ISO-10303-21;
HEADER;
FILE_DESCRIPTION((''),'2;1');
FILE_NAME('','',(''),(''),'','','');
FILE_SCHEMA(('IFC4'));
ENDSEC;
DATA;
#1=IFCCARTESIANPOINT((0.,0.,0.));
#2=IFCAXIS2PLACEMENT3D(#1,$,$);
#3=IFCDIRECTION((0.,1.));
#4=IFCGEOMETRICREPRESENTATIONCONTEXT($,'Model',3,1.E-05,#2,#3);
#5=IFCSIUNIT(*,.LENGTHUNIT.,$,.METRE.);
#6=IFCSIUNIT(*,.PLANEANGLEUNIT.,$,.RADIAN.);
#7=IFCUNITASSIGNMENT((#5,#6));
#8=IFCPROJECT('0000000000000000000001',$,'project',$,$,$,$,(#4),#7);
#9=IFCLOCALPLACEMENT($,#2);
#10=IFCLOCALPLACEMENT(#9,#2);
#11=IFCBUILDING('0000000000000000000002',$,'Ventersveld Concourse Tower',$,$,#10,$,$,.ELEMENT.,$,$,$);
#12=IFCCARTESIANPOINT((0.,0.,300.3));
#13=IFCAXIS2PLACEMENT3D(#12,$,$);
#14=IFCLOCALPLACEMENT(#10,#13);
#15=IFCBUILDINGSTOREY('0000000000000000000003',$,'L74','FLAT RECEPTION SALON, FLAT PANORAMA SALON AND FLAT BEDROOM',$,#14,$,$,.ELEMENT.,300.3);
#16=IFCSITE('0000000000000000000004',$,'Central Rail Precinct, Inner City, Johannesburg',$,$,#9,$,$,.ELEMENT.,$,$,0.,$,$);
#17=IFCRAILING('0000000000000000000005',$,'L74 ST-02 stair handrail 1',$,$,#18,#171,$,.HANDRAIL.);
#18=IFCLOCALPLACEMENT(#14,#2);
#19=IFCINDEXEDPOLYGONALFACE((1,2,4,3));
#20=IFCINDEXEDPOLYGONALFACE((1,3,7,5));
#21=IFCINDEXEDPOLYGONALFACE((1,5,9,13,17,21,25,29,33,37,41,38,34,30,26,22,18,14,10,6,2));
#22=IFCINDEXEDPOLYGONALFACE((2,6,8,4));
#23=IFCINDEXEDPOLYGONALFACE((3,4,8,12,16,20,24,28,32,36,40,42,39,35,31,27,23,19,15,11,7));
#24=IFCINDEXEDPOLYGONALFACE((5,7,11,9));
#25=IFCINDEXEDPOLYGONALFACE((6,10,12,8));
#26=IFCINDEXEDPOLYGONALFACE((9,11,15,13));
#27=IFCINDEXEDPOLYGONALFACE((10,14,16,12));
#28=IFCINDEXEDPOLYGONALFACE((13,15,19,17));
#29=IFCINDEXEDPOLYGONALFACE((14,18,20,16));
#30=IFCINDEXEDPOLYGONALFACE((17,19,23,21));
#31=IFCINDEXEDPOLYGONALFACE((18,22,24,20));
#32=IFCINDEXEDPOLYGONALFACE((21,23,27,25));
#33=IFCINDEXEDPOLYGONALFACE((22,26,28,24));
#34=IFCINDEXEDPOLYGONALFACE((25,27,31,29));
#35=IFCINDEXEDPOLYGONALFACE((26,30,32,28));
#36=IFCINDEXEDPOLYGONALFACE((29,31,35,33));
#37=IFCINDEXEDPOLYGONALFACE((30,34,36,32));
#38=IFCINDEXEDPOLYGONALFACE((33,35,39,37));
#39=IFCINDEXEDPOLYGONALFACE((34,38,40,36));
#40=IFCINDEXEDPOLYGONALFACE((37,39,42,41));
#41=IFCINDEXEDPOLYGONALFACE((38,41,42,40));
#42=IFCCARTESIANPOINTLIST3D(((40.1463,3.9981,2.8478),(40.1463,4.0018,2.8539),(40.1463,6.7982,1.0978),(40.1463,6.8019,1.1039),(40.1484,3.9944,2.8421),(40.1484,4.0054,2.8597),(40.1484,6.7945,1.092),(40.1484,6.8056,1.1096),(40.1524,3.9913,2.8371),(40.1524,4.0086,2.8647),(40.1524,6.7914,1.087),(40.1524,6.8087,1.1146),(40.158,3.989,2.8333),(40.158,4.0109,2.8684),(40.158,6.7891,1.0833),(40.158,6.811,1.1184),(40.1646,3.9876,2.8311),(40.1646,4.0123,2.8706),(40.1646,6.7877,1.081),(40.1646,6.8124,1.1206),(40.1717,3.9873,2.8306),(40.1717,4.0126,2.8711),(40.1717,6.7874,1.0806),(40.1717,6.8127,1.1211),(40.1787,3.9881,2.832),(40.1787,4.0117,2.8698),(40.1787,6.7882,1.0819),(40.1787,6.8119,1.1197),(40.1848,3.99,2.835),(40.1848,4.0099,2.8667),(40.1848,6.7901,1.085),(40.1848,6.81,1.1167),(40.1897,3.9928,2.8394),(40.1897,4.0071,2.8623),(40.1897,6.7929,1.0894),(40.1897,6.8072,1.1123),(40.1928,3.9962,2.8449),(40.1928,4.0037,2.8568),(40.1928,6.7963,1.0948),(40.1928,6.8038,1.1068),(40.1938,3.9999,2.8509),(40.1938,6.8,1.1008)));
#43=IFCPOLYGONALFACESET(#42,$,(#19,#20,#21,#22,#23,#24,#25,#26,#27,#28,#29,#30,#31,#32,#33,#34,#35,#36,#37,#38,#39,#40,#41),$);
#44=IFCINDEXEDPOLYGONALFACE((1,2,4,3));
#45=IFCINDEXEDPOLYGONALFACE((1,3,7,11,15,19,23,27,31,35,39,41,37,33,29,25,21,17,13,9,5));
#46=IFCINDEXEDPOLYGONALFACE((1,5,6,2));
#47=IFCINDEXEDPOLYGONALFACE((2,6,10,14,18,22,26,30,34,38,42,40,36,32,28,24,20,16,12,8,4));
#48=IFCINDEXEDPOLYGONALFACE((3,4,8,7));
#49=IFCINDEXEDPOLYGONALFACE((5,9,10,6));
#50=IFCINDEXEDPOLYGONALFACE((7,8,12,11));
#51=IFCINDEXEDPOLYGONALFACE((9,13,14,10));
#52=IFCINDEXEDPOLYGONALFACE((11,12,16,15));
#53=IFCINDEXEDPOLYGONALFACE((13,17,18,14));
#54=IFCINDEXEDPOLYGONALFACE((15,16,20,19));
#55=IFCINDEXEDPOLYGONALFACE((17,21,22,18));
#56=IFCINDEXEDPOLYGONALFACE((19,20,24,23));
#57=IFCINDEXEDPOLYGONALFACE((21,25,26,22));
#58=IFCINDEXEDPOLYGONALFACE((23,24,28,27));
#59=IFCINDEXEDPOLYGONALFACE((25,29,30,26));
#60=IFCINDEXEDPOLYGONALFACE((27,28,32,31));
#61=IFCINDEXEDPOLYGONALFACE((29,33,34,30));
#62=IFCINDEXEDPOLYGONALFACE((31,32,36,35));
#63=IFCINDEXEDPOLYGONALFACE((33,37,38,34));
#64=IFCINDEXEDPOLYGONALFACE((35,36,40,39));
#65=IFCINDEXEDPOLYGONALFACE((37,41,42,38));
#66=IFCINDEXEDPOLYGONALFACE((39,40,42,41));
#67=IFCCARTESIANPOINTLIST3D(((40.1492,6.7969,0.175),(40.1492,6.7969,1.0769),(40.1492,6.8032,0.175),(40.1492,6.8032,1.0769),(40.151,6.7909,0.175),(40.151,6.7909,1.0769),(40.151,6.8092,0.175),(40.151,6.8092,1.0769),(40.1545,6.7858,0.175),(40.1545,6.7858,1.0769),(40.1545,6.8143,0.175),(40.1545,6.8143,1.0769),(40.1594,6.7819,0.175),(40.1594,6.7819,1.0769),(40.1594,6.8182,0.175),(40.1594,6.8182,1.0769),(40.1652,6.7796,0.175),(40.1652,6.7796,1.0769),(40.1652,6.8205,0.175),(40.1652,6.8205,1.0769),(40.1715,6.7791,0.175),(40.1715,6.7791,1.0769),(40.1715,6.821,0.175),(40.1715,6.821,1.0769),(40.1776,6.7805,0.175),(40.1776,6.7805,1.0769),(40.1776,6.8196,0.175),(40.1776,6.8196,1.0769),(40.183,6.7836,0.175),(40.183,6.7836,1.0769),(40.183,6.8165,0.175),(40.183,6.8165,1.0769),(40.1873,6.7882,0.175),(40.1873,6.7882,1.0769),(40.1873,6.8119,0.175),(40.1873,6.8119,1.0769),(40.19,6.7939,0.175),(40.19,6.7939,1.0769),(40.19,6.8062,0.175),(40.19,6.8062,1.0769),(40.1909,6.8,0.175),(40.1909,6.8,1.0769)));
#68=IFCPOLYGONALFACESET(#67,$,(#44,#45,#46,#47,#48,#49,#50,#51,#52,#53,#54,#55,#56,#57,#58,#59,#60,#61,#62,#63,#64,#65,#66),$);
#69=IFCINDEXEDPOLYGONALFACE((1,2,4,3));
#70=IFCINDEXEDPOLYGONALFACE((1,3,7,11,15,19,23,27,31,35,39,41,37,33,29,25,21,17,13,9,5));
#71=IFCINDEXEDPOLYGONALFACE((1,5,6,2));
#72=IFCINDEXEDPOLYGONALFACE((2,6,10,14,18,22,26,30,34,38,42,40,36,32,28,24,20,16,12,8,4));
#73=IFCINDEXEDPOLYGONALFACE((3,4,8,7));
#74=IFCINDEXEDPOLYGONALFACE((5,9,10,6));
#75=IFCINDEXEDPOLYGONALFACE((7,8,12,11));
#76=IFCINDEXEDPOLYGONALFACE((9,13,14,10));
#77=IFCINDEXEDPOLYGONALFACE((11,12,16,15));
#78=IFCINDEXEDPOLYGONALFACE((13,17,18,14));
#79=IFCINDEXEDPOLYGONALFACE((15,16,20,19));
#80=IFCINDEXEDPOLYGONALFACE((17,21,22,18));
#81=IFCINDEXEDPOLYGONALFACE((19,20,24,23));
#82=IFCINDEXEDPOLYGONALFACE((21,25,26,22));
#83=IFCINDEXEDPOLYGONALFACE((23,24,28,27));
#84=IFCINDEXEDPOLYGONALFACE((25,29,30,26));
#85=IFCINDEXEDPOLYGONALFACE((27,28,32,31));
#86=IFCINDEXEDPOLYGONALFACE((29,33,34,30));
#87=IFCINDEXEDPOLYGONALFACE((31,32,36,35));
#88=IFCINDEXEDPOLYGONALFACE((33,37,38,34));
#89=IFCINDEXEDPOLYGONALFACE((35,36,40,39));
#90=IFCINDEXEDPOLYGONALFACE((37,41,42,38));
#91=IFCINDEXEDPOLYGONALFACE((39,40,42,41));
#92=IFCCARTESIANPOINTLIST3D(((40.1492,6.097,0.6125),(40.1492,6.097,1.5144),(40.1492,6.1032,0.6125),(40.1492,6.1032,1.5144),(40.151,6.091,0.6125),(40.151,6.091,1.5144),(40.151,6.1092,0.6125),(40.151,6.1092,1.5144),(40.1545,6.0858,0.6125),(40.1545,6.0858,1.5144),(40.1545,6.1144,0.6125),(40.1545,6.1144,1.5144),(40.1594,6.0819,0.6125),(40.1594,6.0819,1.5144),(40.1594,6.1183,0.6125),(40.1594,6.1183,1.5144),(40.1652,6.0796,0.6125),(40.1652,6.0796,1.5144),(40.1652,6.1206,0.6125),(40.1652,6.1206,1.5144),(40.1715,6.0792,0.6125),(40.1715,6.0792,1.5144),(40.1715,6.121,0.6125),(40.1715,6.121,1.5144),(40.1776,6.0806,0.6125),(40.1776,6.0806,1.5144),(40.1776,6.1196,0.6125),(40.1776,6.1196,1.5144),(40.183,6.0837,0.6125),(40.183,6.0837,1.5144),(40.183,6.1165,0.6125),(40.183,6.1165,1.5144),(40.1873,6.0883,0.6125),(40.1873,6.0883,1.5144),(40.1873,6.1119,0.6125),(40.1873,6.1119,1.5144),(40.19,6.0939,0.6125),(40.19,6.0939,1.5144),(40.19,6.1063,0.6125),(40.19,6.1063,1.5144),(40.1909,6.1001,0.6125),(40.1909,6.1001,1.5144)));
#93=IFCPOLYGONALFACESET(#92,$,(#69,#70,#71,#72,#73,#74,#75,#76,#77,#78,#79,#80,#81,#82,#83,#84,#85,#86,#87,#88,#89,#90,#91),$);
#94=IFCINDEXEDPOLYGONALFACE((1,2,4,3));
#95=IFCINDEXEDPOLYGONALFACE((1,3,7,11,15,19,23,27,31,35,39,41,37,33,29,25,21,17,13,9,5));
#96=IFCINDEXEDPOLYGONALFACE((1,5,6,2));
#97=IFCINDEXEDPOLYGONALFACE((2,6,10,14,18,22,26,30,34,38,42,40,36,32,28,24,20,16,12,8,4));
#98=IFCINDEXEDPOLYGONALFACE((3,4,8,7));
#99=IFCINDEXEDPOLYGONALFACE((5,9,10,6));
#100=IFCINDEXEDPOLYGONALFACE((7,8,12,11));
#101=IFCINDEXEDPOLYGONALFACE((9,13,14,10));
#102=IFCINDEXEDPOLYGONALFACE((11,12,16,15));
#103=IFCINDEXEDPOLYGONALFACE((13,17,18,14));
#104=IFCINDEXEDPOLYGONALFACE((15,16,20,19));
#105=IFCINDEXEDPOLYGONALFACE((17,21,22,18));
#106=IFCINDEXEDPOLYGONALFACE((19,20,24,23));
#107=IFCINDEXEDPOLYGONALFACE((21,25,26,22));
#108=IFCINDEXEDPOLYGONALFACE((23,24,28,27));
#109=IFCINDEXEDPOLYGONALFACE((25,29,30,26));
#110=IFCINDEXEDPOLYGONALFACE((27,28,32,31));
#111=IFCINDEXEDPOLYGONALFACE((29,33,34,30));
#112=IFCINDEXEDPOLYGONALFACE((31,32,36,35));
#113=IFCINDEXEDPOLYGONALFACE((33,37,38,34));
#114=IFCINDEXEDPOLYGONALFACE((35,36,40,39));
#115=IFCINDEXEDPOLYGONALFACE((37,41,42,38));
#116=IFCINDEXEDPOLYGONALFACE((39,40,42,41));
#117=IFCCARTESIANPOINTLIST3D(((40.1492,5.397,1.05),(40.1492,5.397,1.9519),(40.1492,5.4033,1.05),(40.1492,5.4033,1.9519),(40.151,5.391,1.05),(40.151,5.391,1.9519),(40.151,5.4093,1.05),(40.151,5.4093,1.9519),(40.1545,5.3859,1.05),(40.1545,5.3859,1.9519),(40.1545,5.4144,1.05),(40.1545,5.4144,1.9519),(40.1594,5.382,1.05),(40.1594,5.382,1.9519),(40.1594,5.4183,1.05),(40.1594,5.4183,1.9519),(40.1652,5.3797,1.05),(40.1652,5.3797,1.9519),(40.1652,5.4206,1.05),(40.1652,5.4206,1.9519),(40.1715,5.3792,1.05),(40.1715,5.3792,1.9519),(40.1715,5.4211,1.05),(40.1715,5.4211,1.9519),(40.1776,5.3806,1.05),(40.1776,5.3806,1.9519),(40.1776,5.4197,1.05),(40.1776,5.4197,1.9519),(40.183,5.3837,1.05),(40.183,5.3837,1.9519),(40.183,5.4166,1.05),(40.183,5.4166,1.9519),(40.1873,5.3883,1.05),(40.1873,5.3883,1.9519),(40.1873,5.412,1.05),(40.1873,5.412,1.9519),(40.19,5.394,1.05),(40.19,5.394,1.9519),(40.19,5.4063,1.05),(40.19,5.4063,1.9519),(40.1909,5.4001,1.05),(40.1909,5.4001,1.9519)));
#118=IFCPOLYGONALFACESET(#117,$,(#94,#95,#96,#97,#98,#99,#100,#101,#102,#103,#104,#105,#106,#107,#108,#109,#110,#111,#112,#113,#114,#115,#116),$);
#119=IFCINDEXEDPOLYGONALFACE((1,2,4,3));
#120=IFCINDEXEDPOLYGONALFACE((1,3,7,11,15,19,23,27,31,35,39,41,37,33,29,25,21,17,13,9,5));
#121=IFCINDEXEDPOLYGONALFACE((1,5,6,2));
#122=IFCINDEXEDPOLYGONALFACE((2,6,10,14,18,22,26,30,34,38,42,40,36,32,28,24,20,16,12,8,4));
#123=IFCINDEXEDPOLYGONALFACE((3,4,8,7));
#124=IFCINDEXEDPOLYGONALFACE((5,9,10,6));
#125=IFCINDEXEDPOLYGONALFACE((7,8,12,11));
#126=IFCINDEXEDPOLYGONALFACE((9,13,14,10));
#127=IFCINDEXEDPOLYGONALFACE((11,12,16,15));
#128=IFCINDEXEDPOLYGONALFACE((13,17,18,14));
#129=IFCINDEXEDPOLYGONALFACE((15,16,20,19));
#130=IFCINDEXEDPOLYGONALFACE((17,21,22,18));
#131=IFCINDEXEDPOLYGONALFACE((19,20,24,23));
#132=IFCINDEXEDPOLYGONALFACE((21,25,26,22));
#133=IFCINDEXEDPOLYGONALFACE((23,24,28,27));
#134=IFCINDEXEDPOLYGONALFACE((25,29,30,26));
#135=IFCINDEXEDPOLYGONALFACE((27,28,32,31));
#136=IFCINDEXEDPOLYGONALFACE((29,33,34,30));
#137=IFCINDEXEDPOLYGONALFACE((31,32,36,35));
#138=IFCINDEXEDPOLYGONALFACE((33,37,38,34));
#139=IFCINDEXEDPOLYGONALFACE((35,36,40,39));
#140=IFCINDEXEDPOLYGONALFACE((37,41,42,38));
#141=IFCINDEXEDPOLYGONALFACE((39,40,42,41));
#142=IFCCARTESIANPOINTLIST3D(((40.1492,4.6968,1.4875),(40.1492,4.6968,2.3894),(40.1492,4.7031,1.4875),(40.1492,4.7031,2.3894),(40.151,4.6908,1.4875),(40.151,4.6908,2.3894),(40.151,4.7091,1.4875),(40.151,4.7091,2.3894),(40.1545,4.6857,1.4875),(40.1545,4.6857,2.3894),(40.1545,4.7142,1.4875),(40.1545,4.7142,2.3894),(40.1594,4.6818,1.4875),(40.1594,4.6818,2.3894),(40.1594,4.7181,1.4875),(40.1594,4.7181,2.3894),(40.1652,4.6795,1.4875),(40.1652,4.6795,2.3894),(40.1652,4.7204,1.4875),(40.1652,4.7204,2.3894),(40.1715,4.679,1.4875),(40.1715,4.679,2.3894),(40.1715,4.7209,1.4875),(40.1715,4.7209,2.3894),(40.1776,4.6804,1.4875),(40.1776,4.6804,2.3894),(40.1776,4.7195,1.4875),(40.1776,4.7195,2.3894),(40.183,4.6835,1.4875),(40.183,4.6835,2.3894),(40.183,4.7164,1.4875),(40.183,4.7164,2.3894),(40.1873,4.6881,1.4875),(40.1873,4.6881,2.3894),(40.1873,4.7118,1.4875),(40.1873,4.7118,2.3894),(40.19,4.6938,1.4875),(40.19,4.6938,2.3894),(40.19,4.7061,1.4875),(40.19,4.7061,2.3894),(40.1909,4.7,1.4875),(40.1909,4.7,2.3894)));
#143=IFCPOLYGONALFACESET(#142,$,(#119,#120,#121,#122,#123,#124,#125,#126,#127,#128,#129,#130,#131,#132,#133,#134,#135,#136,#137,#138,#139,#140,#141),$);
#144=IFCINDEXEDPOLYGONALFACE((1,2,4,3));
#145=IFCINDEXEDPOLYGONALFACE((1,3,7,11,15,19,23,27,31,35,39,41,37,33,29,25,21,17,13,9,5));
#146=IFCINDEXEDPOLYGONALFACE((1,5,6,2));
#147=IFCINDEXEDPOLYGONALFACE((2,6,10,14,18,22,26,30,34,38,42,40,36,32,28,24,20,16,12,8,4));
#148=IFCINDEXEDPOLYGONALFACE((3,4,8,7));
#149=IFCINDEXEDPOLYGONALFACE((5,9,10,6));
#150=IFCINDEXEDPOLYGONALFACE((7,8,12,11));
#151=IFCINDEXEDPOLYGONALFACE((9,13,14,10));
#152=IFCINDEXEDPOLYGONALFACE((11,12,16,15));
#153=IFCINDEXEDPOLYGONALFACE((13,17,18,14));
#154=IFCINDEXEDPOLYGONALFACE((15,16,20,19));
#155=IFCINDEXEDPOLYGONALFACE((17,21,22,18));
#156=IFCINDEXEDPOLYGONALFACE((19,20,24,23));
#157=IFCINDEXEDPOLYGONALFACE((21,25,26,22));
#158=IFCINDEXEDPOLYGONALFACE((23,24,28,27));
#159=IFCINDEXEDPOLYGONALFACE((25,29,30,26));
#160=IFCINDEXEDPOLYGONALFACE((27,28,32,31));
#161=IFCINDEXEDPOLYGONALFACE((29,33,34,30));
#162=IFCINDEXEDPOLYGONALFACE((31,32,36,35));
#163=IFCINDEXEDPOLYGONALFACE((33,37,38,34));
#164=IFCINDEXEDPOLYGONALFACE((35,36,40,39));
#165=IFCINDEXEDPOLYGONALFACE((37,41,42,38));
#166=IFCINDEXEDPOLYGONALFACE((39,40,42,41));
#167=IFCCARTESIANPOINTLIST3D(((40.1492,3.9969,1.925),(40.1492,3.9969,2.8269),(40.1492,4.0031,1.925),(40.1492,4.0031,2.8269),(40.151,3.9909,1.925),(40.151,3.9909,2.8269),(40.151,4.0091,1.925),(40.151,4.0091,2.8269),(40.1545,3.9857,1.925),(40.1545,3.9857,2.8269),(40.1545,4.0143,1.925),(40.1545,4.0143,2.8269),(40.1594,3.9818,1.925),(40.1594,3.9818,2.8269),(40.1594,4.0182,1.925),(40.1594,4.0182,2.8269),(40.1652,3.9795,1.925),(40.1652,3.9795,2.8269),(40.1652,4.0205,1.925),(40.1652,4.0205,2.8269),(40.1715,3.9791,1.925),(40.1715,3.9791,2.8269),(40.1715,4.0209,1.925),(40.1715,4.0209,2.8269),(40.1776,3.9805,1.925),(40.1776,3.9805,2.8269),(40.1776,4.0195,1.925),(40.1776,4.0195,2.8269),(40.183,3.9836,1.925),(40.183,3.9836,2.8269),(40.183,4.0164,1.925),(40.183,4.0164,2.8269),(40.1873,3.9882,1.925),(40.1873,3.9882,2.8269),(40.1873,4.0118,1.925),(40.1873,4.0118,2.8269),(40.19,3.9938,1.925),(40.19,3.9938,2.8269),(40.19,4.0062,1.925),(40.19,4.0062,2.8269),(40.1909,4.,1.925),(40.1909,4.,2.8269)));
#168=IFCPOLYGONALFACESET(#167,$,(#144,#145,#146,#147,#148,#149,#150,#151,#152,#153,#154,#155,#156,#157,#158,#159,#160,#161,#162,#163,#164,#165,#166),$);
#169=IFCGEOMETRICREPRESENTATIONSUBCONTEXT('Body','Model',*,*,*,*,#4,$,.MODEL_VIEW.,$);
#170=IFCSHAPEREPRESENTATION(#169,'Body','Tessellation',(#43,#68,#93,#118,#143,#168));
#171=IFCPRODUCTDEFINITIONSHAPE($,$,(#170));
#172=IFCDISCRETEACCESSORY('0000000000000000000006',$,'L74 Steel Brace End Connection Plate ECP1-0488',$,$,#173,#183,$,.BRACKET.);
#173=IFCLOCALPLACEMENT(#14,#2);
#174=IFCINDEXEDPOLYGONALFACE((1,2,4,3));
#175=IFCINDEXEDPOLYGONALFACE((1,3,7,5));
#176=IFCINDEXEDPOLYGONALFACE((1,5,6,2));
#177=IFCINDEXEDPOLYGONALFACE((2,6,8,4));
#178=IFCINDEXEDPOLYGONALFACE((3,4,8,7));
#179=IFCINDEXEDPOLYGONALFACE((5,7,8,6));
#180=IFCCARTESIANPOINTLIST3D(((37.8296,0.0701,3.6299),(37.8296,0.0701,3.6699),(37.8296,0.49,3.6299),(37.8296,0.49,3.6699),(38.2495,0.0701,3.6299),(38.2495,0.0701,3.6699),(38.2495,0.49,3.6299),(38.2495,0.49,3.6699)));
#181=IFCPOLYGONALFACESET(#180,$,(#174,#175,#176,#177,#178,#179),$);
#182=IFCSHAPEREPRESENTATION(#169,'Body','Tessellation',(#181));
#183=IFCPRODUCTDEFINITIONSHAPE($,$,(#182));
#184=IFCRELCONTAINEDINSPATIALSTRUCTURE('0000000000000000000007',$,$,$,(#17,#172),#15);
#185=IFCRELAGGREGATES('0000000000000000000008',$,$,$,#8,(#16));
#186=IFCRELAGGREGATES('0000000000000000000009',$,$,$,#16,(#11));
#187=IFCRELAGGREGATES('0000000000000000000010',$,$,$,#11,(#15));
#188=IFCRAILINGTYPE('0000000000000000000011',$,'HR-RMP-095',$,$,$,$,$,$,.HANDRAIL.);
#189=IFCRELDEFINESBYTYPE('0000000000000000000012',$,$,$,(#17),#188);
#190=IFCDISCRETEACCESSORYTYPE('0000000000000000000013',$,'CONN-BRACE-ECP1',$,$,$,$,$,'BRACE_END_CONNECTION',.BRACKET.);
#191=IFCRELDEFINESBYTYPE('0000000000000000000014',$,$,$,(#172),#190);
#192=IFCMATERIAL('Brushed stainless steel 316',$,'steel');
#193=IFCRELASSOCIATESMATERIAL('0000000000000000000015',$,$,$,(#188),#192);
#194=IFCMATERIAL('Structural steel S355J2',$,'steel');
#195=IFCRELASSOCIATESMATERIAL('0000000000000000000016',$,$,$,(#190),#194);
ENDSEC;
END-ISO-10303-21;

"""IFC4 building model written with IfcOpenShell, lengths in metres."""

from ifc_helpers import new_model, si_unit, direction, frame, origin, origin_2d, place, context, subcontext, project, spatial, rectangle, circle, extrude, material, type_object, element, save


model = new_model("IFC4")

# Units and contexts
model_context = context("Model", 3, precision=1e-05, world=origin(), true_north=direction((0.0, 1.0)))
body_context = subcontext(model_context, "Body", "Model", "MODEL_VIEW")
ifc_project = project(units=[si_unit("LENGTHUNIT", "METRE"), si_unit("PLANEANGLEUNIT", "RADIAN")], contexts=[model_context])

# Site, building, storey
site_placement = place(None, origin())
site = spatial("IfcSite", under=ifc_project, at=site_placement, Name="Central Rail Precinct, Inner City, Johannesburg", CompositionType="ELEMENT", RefElevation=0.0)
building_placement = place(site_placement, origin())
building = spatial("IfcBuilding", under=site, at=building_placement, Name="Ventersveld Concourse Tower", CompositionType="ELEMENT")
storey_placement = place(building_placement, frame((0.0, 0.0, 300.3)))
storey = spatial("IfcBuildingStorey", under=building, at=storey_placement, Name="L74", Description="FLAT RECEPTION SALON, FLAT PANORAMA SALON AND FLAT BEDROOM", CompositionType="ELEMENT", Elevation=300.3)

# Shared definitions
ifc_material_1 = material(Name="Brushed stainless steel 316", Category="steel")

# Railing
railing_type_1 = type_object("IfcRailingType", Name="HR-RMP-095", PredefinedType="HANDRAIL", material=ifc_material_1)
railing_1_placement = place(storey_placement, frame((40.1699, 6.8, 0.175)))
element("IfcRailing", 1, at=railing_1_placement, inside=storey, type_object=railing_type_1, Name="L74 ST-02 stair handrail 1", PredefinedType="HANDRAIL", context=body_context, shape_type="SweptSolid", body=[
    extrude(circle(Radius=0.0239, at=origin_2d()), frame((0.0, 0.0, 0.9258), z_axis=(0.0, -0.848002, 0.529992), x_axis=(1.0, 0.0, 0.0)), (0.0, 0.0, 1.0), 3.302),
    extrude(circle(Radius=0.021, at=origin_2d()), origin(), (0.0, 0.0, 1.0), 0.9019),
    extrude(circle(Radius=0.021, at=origin_2d()), frame((0.0, -0.7, 0.4375)), (0.0, 0.0, 1.0), 0.9019),
    extrude(circle(Radius=0.021, at=origin_2d()), frame((0.0, -1.3999, 0.875)), (0.0, 0.0, 1.0), 0.9019),
    extrude(circle(Radius=0.021, at=origin_2d()), frame((0.0, -2.1001, 1.3125)), (0.0, 0.0, 1.0), 0.9019),
    extrude(circle(Radius=0.021, at=origin_2d()), frame((0.0, -2.8, 1.75)), (0.0, 0.0, 1.0), 0.9019),
])

# Discrete accessory
ifc_material_2 = material(Name="Structural steel S355J2", Category="steel")
discrete_accessory_type = type_object("IfcDiscreteAccessoryType", Name="CONN-BRACE-ECP1", ElementType="BRACE_END_CONNECTION", PredefinedType="BRACKET", material=ifc_material_2)
discrete_accessory_placement = place(storey_placement, frame((38.0396, 0.28, 3.6299), z_axis=(0.0, 0.0, 1.0), x_axis=(1.0, 0.0, 0.0)))
element("IfcDiscreteAccessory", 2, at=discrete_accessory_placement, inside=storey, type_object=discrete_accessory_type, Name="L74 Steel Brace End Connection Plate ECP1-0488", PredefinedType="BRACKET", context=body_context, shape_type="SweptSolid", body=[
    extrude(rectangle(XDim=0.4199, YDim=0.4199, at=origin_2d()), origin(), (0.0, 0.0, 1.0), 0.04),
])

save(model, "model.ifc")
